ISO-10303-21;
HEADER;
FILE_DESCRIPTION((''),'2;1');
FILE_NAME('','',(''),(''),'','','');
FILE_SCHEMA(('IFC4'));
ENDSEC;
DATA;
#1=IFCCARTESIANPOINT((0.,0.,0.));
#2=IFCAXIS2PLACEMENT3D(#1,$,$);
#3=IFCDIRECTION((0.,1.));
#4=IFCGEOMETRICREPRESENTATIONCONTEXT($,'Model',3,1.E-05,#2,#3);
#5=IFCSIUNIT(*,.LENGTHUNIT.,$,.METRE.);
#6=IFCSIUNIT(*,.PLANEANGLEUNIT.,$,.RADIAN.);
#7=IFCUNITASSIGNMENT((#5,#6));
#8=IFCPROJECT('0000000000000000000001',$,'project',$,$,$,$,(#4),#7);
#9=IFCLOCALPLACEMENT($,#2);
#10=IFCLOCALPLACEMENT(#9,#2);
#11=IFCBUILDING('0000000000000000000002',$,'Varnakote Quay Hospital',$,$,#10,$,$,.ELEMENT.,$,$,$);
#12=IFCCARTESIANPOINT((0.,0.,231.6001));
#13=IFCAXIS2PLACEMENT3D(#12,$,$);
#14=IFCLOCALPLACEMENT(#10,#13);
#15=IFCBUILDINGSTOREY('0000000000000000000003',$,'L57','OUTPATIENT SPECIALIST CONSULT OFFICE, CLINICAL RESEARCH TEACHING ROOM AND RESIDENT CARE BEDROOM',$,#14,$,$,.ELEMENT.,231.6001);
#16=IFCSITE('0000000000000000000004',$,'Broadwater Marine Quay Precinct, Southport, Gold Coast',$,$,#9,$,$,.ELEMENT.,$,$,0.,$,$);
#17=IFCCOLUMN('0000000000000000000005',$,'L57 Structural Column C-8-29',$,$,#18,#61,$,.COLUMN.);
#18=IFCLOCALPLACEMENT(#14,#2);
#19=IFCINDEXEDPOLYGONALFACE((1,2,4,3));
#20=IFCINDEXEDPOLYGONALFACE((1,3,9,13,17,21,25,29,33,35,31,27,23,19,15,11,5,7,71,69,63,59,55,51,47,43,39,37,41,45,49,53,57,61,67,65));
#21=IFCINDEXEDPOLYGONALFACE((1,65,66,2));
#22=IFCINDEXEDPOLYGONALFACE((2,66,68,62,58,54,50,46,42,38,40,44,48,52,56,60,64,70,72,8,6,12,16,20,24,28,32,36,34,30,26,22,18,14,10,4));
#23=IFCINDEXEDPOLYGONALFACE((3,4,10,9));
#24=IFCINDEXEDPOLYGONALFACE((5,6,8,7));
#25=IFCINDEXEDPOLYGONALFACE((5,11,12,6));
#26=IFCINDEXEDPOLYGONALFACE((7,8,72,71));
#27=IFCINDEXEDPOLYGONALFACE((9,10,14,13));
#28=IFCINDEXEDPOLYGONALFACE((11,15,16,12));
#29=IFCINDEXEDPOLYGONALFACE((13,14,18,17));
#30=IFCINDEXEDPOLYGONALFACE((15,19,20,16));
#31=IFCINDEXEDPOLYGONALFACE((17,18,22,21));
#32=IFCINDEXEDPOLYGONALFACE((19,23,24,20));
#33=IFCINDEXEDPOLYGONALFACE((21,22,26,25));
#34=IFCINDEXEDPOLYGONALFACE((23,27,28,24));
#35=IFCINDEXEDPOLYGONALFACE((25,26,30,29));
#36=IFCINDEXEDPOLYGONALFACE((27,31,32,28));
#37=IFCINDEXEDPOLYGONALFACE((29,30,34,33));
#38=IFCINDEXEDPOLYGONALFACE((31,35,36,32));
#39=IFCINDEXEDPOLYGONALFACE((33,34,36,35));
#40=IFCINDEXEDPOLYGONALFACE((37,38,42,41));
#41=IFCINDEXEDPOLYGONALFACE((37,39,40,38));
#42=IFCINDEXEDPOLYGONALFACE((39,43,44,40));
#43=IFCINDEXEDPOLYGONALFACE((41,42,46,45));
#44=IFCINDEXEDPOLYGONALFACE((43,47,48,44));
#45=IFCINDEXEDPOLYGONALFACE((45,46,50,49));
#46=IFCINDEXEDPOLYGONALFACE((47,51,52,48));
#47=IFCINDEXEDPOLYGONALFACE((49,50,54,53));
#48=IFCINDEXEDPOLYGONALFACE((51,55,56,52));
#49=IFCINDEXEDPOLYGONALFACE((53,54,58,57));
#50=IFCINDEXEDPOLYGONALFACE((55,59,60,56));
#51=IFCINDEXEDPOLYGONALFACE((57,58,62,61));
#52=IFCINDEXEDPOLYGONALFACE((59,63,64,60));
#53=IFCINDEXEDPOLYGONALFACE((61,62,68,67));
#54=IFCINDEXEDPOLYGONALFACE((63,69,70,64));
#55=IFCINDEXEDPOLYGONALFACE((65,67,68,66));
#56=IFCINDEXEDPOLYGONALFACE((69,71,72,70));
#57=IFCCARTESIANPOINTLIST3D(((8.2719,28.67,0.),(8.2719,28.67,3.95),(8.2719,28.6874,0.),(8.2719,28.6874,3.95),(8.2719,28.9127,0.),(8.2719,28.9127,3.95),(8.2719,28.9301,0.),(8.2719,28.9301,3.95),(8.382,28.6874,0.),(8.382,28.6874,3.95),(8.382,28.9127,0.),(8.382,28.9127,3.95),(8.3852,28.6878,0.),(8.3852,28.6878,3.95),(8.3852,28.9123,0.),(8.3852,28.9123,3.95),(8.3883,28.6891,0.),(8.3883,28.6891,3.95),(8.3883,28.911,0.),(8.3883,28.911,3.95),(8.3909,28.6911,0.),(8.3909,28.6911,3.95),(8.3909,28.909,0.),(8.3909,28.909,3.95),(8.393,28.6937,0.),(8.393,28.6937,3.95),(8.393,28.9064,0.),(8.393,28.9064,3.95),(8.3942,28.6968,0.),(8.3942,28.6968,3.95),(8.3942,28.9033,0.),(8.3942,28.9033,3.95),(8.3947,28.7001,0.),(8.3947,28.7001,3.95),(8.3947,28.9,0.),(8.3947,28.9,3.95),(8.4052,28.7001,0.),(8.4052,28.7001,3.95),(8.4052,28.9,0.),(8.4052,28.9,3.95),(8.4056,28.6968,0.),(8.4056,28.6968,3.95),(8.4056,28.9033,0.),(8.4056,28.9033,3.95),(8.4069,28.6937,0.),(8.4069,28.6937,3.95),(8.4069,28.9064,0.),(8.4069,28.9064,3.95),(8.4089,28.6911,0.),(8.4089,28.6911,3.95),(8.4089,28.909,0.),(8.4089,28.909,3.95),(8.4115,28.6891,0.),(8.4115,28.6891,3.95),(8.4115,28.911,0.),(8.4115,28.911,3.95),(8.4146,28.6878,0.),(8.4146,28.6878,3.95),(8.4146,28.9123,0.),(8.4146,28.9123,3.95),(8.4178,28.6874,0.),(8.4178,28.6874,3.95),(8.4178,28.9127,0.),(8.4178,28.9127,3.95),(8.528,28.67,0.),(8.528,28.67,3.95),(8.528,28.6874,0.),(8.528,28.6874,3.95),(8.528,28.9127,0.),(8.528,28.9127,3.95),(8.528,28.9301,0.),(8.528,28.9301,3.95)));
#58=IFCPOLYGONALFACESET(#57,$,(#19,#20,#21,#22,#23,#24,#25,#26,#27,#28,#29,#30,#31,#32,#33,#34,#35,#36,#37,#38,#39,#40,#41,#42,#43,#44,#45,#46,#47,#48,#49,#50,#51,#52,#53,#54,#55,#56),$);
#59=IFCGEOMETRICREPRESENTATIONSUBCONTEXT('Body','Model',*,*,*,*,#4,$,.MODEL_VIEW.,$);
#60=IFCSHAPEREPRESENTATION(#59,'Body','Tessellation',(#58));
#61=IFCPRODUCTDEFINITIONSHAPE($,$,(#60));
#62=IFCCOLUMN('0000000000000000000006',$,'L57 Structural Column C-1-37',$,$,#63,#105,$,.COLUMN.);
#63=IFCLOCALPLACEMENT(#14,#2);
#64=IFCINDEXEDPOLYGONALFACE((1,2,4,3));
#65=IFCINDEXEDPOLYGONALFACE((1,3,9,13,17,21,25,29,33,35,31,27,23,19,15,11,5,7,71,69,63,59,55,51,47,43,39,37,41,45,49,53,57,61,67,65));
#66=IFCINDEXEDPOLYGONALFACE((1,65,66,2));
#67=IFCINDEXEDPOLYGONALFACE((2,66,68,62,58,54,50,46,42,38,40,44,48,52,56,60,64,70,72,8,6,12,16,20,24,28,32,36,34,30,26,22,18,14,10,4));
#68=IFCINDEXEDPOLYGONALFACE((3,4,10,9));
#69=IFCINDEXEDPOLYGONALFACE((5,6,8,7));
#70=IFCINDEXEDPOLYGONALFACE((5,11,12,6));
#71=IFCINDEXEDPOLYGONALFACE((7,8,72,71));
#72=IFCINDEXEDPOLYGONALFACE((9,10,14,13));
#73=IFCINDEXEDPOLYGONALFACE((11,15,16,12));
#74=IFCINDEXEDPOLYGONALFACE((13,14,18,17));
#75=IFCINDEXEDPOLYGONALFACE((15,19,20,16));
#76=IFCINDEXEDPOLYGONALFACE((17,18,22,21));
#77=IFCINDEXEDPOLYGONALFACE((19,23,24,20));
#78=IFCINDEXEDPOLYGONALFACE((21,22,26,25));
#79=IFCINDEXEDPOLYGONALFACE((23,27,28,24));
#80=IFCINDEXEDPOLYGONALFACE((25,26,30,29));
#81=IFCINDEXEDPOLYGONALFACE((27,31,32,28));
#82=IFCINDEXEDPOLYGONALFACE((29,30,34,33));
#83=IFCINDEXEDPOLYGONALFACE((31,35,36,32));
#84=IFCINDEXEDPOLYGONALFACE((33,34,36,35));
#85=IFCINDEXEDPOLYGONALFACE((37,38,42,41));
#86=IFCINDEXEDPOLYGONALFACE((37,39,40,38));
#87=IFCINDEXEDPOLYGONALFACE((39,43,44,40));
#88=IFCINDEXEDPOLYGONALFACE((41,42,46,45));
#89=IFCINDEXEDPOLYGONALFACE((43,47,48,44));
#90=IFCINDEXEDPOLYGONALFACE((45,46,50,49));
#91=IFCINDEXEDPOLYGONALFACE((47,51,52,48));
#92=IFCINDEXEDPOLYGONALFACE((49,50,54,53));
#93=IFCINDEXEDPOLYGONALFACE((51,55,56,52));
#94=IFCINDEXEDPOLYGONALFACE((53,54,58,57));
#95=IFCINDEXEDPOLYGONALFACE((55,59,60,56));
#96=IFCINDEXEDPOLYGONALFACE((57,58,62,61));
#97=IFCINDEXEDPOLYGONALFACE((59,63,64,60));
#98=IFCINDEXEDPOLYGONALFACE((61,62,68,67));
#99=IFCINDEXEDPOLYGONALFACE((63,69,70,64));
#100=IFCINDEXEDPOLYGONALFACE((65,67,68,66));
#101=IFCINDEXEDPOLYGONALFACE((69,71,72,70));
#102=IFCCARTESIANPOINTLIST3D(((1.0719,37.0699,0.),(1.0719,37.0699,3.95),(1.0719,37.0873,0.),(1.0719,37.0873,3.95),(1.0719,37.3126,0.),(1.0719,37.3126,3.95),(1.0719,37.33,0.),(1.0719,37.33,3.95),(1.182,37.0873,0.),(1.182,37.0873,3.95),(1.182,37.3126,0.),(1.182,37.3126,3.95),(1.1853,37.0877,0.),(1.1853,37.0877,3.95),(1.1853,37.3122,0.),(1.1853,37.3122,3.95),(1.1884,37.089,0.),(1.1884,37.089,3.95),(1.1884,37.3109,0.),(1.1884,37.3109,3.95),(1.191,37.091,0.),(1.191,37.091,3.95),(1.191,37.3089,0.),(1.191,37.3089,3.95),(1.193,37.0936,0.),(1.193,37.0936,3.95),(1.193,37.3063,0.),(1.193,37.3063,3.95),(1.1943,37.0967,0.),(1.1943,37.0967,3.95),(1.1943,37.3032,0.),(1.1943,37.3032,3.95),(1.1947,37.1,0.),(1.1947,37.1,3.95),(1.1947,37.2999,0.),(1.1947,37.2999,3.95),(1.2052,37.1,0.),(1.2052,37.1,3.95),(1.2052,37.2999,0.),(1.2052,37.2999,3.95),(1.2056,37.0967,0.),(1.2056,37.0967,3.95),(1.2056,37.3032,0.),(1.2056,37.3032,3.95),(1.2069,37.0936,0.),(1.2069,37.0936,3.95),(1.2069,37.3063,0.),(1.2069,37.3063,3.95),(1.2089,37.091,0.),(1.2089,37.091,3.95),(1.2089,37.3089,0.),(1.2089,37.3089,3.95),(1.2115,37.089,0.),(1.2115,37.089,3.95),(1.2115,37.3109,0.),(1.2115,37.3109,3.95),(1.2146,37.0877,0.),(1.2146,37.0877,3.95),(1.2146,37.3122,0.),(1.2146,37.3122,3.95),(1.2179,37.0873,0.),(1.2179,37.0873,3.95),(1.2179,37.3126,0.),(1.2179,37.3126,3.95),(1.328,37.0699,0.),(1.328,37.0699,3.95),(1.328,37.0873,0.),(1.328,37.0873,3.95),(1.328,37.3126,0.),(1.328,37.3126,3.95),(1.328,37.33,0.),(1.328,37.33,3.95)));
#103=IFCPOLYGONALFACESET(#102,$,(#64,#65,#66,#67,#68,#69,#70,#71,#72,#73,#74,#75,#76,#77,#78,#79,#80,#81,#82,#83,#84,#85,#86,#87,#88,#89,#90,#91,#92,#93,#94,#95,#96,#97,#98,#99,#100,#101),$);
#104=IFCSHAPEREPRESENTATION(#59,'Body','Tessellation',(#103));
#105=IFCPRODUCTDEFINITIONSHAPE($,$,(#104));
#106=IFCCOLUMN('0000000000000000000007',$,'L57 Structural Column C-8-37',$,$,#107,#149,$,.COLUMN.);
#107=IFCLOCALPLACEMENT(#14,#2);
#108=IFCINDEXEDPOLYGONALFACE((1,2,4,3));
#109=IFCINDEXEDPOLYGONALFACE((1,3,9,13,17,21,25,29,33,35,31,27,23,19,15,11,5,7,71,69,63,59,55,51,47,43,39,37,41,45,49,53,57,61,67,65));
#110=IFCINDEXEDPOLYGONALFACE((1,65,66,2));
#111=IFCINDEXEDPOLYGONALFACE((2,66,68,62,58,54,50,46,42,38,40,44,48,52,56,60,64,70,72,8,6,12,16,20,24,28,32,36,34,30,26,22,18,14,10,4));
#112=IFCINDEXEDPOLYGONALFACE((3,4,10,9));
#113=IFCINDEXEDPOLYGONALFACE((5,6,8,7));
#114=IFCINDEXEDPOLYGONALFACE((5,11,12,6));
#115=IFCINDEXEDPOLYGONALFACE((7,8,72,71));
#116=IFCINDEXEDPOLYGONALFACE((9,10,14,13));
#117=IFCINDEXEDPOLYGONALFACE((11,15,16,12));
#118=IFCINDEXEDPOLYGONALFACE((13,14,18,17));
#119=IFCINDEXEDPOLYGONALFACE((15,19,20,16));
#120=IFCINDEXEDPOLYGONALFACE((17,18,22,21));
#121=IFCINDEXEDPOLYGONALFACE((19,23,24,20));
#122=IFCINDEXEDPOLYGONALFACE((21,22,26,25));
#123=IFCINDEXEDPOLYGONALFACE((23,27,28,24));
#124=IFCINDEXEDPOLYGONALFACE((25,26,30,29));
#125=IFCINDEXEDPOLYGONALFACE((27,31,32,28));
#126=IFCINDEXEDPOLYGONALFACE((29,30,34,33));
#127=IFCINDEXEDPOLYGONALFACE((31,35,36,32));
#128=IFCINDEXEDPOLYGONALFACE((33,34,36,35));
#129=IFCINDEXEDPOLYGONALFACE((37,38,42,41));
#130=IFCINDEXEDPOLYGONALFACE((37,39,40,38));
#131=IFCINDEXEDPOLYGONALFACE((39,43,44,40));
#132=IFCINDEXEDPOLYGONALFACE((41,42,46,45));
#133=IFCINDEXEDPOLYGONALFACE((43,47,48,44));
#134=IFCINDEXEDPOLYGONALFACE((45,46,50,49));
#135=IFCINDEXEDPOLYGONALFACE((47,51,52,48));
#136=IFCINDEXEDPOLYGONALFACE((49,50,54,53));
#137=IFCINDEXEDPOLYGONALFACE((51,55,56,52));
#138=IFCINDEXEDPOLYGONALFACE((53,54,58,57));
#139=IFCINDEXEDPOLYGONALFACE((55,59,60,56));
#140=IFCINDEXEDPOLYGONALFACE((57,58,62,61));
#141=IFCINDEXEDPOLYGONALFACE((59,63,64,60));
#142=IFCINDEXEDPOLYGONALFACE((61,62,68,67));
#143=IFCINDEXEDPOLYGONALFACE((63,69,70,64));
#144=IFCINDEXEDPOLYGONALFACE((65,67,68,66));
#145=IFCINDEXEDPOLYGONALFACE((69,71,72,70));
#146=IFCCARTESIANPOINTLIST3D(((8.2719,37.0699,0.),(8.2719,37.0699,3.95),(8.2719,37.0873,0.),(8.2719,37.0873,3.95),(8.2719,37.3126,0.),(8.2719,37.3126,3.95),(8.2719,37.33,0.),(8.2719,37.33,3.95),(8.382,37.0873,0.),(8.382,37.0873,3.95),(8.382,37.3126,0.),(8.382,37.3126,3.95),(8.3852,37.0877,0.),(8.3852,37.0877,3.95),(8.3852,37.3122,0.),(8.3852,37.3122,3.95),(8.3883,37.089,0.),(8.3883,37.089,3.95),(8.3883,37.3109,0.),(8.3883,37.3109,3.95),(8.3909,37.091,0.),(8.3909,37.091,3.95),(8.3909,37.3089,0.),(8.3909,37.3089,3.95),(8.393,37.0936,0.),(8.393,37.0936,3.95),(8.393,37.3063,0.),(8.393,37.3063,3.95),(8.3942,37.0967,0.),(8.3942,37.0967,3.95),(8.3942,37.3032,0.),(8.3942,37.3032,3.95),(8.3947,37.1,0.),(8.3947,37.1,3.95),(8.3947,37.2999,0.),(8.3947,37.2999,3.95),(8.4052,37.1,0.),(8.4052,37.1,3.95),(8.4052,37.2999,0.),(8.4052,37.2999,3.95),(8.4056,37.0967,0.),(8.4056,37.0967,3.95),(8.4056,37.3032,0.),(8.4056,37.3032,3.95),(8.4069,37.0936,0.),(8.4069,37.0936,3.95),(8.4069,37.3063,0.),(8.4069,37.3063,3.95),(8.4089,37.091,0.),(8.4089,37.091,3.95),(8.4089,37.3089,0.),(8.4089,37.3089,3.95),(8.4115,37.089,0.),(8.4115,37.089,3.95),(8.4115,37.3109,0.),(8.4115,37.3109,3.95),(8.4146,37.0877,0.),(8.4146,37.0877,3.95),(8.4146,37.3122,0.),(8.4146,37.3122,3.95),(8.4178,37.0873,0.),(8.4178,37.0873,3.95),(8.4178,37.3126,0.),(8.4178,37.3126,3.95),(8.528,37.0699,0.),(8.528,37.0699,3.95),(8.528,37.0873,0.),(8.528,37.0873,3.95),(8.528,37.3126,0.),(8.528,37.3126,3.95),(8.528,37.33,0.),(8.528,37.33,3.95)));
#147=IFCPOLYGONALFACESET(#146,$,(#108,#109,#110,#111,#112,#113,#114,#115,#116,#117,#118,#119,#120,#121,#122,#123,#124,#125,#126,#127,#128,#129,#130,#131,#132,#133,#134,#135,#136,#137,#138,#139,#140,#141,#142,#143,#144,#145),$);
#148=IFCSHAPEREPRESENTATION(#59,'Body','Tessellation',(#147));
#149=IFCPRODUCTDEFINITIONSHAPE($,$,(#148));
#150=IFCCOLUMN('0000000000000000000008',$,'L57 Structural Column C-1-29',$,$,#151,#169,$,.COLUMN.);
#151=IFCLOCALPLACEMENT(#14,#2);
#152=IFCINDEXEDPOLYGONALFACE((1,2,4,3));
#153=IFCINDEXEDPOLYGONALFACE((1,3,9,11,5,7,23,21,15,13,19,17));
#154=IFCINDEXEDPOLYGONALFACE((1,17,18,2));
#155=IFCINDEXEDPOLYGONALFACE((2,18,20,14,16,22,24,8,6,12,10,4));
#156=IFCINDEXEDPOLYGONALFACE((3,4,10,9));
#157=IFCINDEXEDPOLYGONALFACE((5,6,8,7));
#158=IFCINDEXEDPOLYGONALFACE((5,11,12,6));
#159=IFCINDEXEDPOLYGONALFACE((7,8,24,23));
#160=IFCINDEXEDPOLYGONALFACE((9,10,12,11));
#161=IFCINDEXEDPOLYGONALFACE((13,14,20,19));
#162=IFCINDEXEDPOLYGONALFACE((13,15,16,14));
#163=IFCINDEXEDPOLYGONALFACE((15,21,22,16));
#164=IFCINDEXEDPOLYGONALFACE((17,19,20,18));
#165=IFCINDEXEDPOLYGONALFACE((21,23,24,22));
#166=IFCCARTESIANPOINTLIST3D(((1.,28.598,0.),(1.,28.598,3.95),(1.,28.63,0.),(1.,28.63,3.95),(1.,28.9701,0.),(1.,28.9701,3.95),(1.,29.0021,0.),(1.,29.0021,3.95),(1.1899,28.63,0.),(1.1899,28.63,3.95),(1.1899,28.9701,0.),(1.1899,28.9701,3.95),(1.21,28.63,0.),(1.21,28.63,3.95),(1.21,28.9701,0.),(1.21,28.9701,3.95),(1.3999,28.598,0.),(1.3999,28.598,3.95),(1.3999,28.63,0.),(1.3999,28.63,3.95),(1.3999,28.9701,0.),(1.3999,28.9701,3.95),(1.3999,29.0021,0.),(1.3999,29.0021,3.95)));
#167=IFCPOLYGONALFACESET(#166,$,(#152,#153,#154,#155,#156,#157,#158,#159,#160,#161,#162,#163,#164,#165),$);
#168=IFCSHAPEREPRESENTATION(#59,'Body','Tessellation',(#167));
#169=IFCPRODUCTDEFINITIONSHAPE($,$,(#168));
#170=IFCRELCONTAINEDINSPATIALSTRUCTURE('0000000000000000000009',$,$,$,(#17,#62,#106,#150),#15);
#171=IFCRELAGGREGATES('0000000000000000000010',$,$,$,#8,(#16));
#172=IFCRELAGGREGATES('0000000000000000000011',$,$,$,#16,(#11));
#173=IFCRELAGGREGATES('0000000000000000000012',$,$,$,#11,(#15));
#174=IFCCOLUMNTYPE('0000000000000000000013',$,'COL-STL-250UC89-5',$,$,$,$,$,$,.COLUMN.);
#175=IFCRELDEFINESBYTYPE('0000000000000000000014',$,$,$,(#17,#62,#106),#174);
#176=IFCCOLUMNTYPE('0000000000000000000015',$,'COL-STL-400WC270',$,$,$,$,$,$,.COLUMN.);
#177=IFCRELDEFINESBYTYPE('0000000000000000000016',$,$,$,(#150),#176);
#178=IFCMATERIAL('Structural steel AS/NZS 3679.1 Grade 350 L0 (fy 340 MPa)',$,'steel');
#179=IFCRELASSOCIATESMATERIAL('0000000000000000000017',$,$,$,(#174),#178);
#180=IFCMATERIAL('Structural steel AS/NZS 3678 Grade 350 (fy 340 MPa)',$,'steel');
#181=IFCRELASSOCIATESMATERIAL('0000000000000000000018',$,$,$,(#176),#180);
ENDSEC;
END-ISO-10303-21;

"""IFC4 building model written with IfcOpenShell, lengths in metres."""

from ifc_helpers import new_model, si_unit, direction, frame, origin, origin_2d, place, context, subcontext, project, spatial, i_section, extrude, material, material_profile, profile_set, type_object, element, save


model = new_model("IFC4")

# Units and contexts
model_context = context("Model", 3, precision=1e-05, world=origin(), true_north=direction((0.0, 1.0)))
body_context = subcontext(model_context, "Body", "Model", "MODEL_VIEW")
ifc_project = project(units=[si_unit("LENGTHUNIT", "METRE"), si_unit("PLANEANGLEUNIT", "RADIAN")], contexts=[model_context])

# Site, building, storey
site_placement = place(None, origin())
site = spatial("IfcSite", under=ifc_project, at=site_placement, Name="Broadwater Marine Quay Precinct, Southport, Gold Coast", CompositionType="ELEMENT", RefElevation=0.0)
building_placement = place(site_placement, origin())
building = spatial("IfcBuilding", under=site, at=building_placement, Name="Varnakote Quay Hospital", CompositionType="ELEMENT")
storey_placement = place(building_placement, frame((0.0, 0.0, 231.6001)))
storey = spatial("IfcBuildingStorey", under=building, at=storey_placement, Name="L57", Description="OUTPATIENT SPECIALIST CONSULT OFFICE, CLINICAL RESEARCH TEACHING ROOM AND RESIDENT CARE BEDROOM", CompositionType="ELEMENT", Elevation=231.6001)

# Columns
ifc_material_1 = material(Name="Structural steel AS/NZS 3679.1 Grade 350 L0 (fy 340 MPa)", Category="steel")
ifc_material_profile_1 = material_profile(ifc_material_1, i_section(OverallWidth=0.2561, OverallDepth=0.26, WebThickness=0.0105, FlangeThickness=0.0173, FilletRadius=0.0127, at=origin_2d()), Name="250UC89.5")
ifc_profile_set_1 = profile_set([ifc_material_profile_1], Name="Structural steel AS/NZS 3679.1 Grade 350 L0 (fy 340 MPa)")
column_type_1 = type_object("IfcColumnType", Name="COL-STL-250UC89-5", PredefinedType="COLUMN", material=ifc_profile_set_1)
for number, where, z_axis, x_axis, name in (
    (1, (8.3999, 28.8, 0.0), (0.0, 0.0, 1.0), (1.0, 0.0, 0.0), "L57 Structural Column C-8-29"),
    (2, (1.2, 37.2, 0.0), (0.0, 0.0, 1.0), (1.0, 0.0, 0.0), "L57 Structural Column C-1-37"),
    (3, (8.3999, 37.2, 0.0), (0.0, 0.0, 1.0), (1.0, 0.0, 0.0), "L57 Structural Column C-8-37"),
):
    element("IfcColumn", number, at=place(storey_placement, frame(where, z_axis=z_axis, x_axis=x_axis)), inside=storey, type_object=column_type_1, Name=name, PredefinedType="COLUMN", context=body_context, shape_type="SweptSolid", body=[
        extrude(i_section(OverallWidth=0.2561, OverallDepth=0.26, WebThickness=0.0105, FlangeThickness=0.0173, FilletRadius=0.0127, at=origin_2d()), origin(), (0.0, 0.0, 1.0), 3.95),
    ])
ifc_material_2 = material(Name="Structural steel AS/NZS 3678 Grade 350 (fy 340 MPa)", Category="steel")
ifc_material_profile_2 = material_profile(ifc_material_2, i_section(OverallWidth=0.3999, OverallDepth=0.4041, WebThickness=0.02, FlangeThickness=0.032, at=origin_2d()), Name="400WC270")
ifc_profile_set_2 = profile_set([ifc_material_profile_2], Name="Structural steel AS/NZS 3678 Grade 350 (fy 340 MPa)")
column_type_2 = type_object("IfcColumnType", Name="COL-STL-400WC270", PredefinedType="COLUMN", material=ifc_profile_set_2)
column_placement = place(storey_placement, frame((1.2, 28.8, 0.0), z_axis=(0.0, 0.0, 1.0), x_axis=(1.0, 0.0, 0.0)))
element("IfcColumn", 4, at=column_placement, inside=storey, type_object=column_type_2, Name="L57 Structural Column C-1-29", PredefinedType="COLUMN", context=body_context, shape_type="SweptSolid", body=[
    extrude(i_section(OverallWidth=0.3999, OverallDepth=0.4041, WebThickness=0.02, FlangeThickness=0.032, at=origin_2d()), origin(), (0.0, 0.0, 1.0), 3.95),
])

save(model, "model.ifc")
